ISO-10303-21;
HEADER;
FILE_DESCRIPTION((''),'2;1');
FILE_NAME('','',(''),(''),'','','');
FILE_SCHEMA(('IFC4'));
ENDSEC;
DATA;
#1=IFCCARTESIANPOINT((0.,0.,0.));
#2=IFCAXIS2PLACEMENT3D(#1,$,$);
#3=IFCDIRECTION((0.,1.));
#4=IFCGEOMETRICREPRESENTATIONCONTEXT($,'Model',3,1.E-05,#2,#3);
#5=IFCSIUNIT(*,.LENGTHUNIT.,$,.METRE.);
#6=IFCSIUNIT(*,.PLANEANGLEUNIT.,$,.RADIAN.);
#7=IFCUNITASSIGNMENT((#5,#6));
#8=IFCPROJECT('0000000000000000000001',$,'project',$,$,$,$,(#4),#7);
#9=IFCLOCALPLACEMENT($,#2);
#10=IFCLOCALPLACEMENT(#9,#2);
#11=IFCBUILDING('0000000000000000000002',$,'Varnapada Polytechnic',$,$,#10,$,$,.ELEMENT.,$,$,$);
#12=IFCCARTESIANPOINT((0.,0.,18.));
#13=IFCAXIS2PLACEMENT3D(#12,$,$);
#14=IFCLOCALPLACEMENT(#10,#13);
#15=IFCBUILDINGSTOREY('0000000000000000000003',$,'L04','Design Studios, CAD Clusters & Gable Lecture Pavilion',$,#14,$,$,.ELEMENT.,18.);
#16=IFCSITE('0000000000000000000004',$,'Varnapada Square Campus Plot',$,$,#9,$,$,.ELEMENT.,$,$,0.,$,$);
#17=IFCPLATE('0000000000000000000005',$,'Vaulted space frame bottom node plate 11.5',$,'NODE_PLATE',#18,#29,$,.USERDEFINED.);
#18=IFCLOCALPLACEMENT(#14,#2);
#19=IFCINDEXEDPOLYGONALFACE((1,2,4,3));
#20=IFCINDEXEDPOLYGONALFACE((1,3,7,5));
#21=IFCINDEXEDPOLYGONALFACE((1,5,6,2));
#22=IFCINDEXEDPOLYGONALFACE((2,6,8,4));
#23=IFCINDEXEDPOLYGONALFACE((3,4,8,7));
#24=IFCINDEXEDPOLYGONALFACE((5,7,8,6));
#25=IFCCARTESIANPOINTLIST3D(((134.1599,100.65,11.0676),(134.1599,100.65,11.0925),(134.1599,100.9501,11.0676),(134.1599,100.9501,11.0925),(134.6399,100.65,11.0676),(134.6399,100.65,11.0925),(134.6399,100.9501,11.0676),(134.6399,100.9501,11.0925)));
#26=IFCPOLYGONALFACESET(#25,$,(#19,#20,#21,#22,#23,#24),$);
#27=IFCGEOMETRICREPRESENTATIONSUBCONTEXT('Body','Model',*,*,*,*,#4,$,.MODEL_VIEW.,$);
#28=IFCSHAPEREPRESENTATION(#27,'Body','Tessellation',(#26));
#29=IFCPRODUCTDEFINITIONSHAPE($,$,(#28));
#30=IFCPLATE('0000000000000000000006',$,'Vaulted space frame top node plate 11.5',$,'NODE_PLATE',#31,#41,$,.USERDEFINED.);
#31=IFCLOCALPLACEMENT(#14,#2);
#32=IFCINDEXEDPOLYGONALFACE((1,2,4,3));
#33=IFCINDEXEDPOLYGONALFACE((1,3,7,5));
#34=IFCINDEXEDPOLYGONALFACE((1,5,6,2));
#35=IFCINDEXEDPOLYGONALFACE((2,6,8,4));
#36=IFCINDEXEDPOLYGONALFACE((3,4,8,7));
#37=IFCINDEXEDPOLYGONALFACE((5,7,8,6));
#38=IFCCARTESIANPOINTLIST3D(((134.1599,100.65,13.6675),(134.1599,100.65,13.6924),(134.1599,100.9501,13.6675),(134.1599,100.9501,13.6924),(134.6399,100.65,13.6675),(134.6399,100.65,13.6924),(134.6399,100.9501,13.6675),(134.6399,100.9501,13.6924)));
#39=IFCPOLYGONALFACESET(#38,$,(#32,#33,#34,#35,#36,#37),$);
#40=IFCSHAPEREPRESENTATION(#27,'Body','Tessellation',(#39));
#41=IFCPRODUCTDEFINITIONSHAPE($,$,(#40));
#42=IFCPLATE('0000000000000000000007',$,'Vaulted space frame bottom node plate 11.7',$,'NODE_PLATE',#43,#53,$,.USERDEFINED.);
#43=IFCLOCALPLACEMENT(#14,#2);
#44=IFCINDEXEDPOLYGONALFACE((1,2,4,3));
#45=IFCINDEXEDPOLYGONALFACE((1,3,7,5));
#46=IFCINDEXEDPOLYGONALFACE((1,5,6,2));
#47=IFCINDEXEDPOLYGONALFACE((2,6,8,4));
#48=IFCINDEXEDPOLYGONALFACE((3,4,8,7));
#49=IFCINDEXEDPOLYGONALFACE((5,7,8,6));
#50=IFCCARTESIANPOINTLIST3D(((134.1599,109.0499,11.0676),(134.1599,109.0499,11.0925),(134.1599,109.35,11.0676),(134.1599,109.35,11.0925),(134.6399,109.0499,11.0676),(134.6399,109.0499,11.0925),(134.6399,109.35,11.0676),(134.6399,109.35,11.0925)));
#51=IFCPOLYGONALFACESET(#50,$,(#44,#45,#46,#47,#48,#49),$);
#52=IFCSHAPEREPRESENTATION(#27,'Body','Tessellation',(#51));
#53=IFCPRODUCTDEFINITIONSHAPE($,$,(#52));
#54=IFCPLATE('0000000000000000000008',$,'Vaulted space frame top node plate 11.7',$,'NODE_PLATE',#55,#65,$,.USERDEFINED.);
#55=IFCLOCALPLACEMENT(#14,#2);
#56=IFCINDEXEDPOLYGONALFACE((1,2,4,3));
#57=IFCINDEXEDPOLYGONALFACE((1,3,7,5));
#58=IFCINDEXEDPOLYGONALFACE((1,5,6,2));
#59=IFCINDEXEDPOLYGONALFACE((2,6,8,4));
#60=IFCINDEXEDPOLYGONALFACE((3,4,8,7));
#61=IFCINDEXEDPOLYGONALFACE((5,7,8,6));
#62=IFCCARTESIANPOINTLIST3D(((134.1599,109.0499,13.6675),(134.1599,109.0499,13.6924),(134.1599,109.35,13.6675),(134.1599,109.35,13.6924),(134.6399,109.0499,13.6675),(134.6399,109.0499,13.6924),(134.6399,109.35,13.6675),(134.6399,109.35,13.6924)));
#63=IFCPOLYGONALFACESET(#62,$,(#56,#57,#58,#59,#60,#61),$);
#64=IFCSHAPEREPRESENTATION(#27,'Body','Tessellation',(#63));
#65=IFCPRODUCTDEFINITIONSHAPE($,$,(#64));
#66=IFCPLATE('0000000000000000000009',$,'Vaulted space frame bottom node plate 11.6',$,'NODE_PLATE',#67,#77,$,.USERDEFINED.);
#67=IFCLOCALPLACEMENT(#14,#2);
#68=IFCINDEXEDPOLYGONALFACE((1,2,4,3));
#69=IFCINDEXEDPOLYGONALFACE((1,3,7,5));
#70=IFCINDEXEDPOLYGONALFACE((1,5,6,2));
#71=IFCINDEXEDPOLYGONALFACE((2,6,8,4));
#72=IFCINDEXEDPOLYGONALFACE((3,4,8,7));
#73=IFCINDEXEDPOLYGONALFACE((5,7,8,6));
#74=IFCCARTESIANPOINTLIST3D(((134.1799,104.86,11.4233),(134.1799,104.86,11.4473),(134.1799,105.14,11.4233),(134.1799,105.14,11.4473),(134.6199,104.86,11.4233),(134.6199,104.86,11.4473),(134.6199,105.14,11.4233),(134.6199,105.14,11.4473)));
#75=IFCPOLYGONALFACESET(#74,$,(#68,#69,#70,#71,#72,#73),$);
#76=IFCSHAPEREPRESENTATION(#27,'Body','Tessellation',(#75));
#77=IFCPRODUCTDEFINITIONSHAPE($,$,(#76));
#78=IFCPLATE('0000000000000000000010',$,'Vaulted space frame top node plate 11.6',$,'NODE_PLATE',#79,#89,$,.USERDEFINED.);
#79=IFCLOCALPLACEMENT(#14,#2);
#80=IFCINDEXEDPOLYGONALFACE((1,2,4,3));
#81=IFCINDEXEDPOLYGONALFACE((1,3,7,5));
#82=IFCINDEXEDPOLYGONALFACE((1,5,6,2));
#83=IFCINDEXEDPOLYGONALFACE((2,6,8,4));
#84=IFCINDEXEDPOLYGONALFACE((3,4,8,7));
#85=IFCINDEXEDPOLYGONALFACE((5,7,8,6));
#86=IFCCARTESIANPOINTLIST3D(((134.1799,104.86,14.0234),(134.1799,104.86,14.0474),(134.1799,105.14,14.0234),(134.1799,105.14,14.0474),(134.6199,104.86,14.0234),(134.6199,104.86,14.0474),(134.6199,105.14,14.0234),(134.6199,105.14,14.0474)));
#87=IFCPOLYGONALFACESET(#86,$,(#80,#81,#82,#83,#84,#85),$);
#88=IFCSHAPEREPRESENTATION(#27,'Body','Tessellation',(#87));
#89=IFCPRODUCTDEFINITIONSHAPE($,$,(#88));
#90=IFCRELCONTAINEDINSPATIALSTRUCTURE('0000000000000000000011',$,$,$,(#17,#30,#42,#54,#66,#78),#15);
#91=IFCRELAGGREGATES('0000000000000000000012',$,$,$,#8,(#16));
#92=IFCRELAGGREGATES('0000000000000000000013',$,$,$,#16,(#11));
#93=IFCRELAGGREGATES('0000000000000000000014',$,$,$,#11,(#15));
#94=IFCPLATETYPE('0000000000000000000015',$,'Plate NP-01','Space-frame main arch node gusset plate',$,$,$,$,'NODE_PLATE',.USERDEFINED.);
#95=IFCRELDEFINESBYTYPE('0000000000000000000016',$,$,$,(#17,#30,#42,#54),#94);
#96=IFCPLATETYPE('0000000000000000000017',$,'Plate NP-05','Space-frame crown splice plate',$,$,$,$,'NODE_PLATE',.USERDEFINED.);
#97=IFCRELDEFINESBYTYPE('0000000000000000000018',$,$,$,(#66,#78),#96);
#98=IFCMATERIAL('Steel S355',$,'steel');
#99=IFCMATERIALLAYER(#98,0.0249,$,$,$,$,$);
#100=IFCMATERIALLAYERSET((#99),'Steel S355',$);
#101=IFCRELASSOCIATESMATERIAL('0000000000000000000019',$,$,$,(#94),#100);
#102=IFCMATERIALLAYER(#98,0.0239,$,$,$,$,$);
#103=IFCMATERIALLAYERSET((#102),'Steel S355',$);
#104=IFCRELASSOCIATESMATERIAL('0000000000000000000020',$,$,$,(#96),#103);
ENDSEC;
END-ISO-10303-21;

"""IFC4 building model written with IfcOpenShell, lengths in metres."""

from ifc_helpers import new_model, si_unit, direction, frame, origin, origin_2d, place, context, subcontext, project, spatial, rectangle, extrude, material, layer, layer_set, type_object, element, save


model = new_model("IFC4")

# Units and contexts
model_context = context("Model", 3, precision=1e-05, world=origin(), true_north=direction((0.0, 1.0)))
body_context = subcontext(model_context, "Body", "Model", "MODEL_VIEW")
ifc_project = project(units=[si_unit("LENGTHUNIT", "METRE"), si_unit("PLANEANGLEUNIT", "RADIAN")], contexts=[model_context])

# Site, building, storey
site_placement = place(None, origin())
site = spatial("IfcSite", under=ifc_project, at=site_placement, Name="Varnapada Square Campus Plot", CompositionType="ELEMENT", RefElevation=0.0)
building_placement = place(site_placement, origin())
building = spatial("IfcBuilding", under=site, at=building_placement, Name="Varnapada Polytechnic", CompositionType="ELEMENT")
storey_placement = place(building_placement, frame((0.0, 0.0, 18.0)))
storey = spatial("IfcBuildingStorey", under=building, at=storey_placement, Name="L04", Description="Design Studios, CAD Clusters & Gable Lecture Pavilion", CompositionType="ELEMENT", Elevation=18.0)

# Shared definitions
ifc_material = material(Name="Steel S355", Category="steel")

# Plates
ifc_layer_1 = layer(ifc_material, 0.0249)
ifc_layer_set_1 = layer_set([ifc_layer_1], Name="Steel S355")
plate_type_1 = type_object("IfcPlateType", Name="Plate NP-01", Description="Space-frame main arch node gusset plate", ElementType="NODE_PLATE", PredefinedType="USERDEFINED", material=ifc_layer_set_1)
for number, where, z_axis, x_axis, name in (
    (1, (134.3999, 100.8, 11.0676), (0.0, 0.0, 1.0), (1.0, 0.0, 0.0), "Vaulted space frame bottom node plate 11.5"),
    (2, (134.3999, 100.8, 13.6675), (0.0, 0.0, 1.0), (1.0, 0.0, 0.0), "Vaulted space frame top node plate 11.5"),
    (3, (134.3999, 109.2, 11.0676), (0.0, 0.0, 1.0), (1.0, 0.0, 0.0), "Vaulted space frame bottom node plate 11.7"),
    (4, (134.3999, 109.2, 13.6675), (0.0, 0.0, 1.0), (1.0, 0.0, 0.0), "Vaulted space frame top node plate 11.7"),
):
    element("IfcPlate", number, at=place(storey_placement, frame(where, z_axis=z_axis, x_axis=x_axis)), inside=storey, type_object=plate_type_1, Name=name, ObjectType="NODE_PLATE", PredefinedType="USERDEFINED", context=body_context, shape_type="SweptSolid", body=[
        extrude(rectangle(XDim=0.48, YDim=0.3, at=origin_2d()), origin(), (0.0, 0.0, 1.0), 0.0249),
    ])
ifc_layer_2 = layer(ifc_material, 0.0239)
ifc_layer_set_2 = layer_set([ifc_layer_2], Name="Steel S355")
plate_type_2 = type_object("IfcPlateType", Name="Plate NP-05", Description="Space-frame crown splice plate", ElementType="NODE_PLATE", PredefinedType="USERDEFINED", material=ifc_layer_set_2)
for number, where, z_axis, x_axis, name in (
    (5, (134.3999, 105.0, 11.4233), (0.0, 0.0, 1.0), (1.0, 0.0, 0.0), "Vaulted space frame bottom node plate 11.6"),
    (6, (134.3999, 105.0, 14.0234), (0.0, 0.0, 1.0), (1.0, 0.0, 0.0), "Vaulted space frame top node plate 11.6"),
):
    element("IfcPlate", number, at=place(storey_placement, frame(where, z_axis=z_axis, x_axis=x_axis)), inside=storey, type_object=plate_type_2, Name=name, ObjectType="NODE_PLATE", PredefinedType="USERDEFINED", context=body_context, shape_type="SweptSolid", body=[
        extrude(rectangle(XDim=0.4399, YDim=0.28, at=origin_2d()), origin(), (0.0, 0.0, 1.0), 0.0239),
    ])

save(model, "model.ifc")
